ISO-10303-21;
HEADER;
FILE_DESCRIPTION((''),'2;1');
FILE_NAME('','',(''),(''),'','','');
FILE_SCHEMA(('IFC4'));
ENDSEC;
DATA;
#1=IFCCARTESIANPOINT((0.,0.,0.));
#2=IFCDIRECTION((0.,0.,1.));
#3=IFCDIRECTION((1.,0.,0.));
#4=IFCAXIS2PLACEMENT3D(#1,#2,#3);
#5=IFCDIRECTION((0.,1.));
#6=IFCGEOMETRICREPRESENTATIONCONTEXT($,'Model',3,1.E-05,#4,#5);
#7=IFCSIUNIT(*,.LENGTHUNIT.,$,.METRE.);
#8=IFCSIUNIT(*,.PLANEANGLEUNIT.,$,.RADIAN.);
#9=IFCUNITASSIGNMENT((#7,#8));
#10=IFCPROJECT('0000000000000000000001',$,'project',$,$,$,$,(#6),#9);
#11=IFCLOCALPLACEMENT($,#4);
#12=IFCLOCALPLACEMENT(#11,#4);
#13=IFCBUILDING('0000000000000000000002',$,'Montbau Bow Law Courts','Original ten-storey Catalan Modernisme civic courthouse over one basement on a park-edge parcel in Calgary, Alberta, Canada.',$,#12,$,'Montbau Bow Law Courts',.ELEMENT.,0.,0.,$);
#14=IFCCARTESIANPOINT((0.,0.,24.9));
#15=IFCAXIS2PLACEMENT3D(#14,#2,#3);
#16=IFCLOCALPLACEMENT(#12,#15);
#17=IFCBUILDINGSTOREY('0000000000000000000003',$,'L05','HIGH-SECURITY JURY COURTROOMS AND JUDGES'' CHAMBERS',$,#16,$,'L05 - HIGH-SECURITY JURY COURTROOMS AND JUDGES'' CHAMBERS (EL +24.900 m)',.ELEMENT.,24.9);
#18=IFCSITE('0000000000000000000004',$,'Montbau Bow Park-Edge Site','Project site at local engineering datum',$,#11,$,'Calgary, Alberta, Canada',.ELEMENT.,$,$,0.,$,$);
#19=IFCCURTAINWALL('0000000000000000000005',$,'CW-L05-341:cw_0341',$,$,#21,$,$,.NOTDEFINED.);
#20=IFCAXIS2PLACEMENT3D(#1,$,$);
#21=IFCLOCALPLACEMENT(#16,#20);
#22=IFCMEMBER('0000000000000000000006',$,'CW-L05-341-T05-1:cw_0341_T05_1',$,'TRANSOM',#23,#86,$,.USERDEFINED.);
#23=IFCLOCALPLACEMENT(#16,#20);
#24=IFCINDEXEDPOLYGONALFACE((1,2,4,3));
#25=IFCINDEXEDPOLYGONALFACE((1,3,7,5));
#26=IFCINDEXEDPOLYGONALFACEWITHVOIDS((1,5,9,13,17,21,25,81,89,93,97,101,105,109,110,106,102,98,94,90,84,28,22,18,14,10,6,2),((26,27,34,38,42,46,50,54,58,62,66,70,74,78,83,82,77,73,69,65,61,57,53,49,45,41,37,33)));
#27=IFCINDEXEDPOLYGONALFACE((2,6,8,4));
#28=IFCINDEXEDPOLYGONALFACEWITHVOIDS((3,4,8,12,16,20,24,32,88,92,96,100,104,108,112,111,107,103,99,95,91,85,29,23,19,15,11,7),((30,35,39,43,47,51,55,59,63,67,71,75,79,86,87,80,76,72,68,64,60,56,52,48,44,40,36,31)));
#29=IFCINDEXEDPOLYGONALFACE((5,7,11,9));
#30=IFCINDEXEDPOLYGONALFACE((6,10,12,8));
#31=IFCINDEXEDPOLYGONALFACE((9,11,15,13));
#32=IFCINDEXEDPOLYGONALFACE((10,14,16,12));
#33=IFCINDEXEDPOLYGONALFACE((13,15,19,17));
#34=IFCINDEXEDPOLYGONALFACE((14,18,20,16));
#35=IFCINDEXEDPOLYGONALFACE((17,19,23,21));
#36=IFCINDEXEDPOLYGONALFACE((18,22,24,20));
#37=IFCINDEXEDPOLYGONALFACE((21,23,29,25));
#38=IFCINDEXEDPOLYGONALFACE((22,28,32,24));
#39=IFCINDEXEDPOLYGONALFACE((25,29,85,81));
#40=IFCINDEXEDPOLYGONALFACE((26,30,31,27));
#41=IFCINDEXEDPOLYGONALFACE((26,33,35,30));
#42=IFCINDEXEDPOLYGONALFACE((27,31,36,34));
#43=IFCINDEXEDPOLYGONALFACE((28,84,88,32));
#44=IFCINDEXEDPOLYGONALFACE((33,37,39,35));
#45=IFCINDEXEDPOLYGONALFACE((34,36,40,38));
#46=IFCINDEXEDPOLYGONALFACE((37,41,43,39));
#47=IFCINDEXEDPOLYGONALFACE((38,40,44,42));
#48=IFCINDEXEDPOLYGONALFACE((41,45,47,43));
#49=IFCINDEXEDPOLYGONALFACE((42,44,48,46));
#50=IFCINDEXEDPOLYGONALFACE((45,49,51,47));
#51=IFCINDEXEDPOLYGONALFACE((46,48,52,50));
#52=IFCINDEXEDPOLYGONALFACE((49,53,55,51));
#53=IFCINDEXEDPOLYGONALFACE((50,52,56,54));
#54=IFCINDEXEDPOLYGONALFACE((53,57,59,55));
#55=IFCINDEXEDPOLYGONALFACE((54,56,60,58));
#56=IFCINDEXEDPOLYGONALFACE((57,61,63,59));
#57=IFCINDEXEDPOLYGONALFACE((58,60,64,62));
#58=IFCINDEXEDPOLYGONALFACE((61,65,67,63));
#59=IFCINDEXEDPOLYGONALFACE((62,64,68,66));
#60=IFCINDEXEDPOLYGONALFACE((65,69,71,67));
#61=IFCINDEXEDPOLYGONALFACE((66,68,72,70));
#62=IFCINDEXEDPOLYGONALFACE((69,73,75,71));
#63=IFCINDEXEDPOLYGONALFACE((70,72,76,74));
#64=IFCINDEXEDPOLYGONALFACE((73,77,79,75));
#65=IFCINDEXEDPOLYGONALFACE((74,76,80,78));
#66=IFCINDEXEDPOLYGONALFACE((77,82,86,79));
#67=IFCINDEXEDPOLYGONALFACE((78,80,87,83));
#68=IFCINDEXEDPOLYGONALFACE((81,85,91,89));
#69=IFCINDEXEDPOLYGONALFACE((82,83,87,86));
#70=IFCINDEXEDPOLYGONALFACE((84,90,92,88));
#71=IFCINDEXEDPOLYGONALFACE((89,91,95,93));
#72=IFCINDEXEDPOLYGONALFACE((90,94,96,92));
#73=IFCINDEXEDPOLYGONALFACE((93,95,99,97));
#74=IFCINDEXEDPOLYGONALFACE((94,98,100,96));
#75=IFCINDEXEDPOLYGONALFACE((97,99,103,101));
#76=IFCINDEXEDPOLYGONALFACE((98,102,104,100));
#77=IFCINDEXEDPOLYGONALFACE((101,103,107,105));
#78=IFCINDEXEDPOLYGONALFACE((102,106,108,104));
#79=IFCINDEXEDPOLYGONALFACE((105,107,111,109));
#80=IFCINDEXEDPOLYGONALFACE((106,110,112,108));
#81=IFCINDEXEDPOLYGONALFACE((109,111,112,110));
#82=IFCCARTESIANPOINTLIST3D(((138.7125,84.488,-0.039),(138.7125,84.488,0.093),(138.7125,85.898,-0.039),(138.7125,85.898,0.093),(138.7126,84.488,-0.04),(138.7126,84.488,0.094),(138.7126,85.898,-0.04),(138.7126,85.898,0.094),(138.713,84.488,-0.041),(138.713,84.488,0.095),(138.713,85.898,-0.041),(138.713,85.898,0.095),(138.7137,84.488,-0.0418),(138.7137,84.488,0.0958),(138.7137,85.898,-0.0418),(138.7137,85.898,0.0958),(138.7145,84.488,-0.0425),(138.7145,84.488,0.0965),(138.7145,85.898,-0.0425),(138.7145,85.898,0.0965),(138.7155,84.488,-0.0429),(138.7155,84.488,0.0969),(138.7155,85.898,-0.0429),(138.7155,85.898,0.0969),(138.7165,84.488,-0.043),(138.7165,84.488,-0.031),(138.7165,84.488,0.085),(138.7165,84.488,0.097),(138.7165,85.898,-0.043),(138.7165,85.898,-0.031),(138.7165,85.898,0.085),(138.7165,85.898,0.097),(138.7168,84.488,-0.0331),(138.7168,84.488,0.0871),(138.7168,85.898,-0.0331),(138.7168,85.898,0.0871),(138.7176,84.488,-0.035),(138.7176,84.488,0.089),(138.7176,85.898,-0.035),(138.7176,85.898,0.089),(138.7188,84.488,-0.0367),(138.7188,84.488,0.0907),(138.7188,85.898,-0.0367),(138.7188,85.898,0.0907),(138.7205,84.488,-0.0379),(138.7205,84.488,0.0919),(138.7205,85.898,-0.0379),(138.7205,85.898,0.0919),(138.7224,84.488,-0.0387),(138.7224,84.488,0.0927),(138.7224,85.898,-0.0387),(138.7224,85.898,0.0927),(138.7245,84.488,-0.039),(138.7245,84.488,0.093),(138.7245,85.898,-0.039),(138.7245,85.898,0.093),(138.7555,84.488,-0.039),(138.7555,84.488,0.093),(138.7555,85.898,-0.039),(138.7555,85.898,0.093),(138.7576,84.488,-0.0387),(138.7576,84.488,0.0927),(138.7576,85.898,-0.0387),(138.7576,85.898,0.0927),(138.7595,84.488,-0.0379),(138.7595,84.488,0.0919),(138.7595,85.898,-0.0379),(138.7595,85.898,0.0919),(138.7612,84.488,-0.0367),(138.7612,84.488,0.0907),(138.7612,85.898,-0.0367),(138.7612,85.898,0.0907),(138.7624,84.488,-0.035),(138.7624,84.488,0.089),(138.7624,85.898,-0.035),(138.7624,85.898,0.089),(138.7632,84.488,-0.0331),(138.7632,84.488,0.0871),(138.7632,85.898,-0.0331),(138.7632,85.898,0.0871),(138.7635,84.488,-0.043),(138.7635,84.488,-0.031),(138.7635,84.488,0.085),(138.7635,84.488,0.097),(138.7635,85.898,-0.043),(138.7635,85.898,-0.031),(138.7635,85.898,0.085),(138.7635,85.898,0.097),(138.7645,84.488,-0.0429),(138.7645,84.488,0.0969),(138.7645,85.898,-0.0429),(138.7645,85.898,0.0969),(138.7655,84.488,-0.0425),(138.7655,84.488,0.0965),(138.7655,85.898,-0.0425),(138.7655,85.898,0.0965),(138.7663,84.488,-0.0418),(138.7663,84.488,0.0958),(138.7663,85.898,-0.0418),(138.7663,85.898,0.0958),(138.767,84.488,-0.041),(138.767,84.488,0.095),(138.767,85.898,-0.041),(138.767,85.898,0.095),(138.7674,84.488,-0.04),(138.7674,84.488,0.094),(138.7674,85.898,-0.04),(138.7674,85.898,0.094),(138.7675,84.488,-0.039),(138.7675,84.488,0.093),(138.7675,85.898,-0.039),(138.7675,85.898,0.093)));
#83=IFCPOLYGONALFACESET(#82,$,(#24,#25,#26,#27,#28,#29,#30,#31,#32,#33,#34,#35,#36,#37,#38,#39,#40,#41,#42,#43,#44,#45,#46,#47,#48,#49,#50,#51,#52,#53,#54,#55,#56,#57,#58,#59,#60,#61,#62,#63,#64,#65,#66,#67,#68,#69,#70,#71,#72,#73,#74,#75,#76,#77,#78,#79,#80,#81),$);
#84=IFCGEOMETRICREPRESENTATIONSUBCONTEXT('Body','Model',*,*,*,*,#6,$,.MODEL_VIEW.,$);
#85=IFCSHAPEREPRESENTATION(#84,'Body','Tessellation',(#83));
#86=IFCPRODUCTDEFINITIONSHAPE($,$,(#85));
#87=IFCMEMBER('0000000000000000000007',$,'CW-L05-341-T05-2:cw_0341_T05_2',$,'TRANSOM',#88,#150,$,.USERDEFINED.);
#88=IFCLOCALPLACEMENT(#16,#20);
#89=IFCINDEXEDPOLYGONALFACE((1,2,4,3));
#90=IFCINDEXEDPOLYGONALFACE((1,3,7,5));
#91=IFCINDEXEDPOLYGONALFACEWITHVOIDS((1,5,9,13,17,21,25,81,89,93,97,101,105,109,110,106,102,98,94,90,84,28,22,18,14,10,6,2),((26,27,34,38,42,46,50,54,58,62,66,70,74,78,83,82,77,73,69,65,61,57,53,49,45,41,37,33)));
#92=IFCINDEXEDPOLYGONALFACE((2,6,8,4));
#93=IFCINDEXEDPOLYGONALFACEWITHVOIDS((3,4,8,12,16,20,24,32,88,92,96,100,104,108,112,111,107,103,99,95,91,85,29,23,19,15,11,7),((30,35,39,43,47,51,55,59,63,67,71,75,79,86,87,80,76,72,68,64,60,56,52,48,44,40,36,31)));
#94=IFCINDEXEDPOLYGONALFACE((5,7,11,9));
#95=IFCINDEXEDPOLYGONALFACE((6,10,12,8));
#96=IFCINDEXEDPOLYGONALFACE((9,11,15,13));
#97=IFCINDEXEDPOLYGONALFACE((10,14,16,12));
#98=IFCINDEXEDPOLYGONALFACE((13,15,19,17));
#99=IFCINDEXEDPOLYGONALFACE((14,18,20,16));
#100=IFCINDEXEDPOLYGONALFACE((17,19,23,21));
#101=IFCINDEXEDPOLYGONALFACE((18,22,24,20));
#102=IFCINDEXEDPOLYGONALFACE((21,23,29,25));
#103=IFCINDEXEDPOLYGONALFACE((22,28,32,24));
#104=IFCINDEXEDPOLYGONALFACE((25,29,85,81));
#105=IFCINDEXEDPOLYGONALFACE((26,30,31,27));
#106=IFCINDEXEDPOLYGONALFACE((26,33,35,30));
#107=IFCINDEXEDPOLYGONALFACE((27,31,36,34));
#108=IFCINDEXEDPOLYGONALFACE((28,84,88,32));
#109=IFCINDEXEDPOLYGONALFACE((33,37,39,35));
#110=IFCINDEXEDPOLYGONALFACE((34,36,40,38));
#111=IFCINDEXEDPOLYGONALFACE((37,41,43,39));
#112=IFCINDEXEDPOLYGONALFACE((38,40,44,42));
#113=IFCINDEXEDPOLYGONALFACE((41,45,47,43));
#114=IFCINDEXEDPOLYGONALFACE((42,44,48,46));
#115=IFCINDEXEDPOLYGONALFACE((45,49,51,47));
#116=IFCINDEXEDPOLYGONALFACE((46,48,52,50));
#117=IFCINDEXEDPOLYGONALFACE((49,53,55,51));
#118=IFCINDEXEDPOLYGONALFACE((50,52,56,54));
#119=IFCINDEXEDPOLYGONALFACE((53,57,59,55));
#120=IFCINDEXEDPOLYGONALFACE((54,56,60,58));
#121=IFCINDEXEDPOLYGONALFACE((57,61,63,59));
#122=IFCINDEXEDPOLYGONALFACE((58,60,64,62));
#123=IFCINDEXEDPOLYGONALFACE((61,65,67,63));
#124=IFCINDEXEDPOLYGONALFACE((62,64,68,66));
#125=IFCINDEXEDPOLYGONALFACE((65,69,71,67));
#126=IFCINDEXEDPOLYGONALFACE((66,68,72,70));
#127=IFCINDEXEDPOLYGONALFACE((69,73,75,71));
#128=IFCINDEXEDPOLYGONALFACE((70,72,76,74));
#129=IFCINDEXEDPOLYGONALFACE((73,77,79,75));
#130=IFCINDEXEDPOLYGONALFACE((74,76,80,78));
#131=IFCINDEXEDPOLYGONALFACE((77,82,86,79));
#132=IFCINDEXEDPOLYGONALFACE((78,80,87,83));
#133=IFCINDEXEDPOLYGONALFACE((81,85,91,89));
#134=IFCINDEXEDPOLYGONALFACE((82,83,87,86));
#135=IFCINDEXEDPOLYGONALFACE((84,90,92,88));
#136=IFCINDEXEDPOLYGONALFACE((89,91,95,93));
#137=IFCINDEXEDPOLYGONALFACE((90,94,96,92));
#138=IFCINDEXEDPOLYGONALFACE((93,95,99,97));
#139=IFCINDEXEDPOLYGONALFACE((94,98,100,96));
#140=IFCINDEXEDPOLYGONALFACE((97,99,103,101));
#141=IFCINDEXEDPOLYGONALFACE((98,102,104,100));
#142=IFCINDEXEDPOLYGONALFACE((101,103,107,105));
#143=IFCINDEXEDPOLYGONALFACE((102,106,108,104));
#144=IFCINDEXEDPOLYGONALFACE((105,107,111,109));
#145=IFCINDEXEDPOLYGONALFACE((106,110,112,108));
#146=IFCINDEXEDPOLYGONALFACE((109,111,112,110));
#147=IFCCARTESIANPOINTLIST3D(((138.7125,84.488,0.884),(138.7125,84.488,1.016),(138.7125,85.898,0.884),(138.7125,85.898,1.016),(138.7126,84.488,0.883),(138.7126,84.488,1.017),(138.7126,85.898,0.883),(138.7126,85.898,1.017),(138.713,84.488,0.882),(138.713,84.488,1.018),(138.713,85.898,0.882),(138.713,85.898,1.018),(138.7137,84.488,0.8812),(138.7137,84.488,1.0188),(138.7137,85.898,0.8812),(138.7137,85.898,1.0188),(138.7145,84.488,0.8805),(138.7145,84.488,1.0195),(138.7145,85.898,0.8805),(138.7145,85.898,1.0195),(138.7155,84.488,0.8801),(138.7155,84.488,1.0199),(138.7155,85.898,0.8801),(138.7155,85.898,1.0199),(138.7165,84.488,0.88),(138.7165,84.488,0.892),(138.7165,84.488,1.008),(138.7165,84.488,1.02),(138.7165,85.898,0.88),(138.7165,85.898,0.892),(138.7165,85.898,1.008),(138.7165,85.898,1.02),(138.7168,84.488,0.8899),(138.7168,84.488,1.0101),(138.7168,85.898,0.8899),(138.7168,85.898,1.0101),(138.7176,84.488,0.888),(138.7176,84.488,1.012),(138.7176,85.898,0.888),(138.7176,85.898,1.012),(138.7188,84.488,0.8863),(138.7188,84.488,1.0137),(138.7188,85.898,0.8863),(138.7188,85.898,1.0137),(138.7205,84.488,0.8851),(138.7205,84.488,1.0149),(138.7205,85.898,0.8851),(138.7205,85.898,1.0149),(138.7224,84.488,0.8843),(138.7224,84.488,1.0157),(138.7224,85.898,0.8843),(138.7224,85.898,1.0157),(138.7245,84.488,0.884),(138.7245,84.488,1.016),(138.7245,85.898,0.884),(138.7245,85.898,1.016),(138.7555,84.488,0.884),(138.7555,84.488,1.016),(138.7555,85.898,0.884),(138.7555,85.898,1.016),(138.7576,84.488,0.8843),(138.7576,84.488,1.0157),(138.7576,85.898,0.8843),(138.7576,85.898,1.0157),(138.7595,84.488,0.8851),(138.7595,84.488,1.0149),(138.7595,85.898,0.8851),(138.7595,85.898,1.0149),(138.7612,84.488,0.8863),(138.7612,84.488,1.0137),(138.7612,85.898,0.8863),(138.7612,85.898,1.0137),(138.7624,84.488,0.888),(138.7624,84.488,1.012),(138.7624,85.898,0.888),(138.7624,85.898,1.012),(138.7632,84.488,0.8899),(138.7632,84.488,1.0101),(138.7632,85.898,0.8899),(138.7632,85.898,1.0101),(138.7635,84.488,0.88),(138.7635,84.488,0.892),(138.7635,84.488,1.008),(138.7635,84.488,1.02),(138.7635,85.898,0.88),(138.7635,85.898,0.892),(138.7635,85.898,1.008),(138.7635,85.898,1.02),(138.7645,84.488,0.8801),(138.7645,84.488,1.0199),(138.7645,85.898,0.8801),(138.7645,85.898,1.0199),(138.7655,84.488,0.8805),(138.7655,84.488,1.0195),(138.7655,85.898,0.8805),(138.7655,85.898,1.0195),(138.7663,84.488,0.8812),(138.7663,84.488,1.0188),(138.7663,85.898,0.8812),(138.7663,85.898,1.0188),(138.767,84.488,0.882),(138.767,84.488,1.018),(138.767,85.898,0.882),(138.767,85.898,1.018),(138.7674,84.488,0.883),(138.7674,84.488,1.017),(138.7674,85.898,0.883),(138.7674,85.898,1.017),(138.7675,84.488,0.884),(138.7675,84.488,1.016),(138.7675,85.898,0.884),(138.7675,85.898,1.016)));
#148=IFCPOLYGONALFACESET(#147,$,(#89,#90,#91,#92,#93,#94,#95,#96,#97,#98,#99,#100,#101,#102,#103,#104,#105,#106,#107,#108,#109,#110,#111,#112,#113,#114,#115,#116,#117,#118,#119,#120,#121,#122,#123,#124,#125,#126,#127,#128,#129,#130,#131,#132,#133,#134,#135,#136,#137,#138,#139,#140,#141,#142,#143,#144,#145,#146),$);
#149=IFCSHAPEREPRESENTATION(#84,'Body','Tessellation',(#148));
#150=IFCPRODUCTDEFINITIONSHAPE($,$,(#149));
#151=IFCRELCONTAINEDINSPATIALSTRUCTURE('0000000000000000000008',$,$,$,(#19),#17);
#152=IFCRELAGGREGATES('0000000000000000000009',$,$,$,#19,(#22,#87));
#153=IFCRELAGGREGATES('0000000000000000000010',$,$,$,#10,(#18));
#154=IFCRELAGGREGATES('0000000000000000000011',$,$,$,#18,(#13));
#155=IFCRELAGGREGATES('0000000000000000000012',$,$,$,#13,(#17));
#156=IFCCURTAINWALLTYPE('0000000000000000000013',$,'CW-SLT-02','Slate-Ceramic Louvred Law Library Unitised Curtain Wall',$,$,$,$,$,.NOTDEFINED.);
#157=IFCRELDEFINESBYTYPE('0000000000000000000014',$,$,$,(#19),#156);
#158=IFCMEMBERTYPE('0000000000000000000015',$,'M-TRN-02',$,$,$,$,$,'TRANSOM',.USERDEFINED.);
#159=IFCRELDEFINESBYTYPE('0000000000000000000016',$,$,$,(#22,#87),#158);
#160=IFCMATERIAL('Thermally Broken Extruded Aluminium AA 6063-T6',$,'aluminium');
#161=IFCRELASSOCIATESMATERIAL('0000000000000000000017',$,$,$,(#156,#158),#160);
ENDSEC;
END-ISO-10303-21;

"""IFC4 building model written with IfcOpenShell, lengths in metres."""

from ifc_helpers import new_model, si_unit, direction, frame, origin_with_axes, origin_2d_with_axis, place, context, subcontext, project, spatial, hollow_rectangle, extrude, material, material_profile, profile_set, type_object, element, aggregate, save


model = new_model("IFC4")

# Units and contexts
model_context = context("Model", 3, precision=1e-05, world=origin_with_axes(), true_north=direction((0.0, 1.0)))
body_context = subcontext(model_context, "Body", "Model", "MODEL_VIEW")
ifc_project = project(units=[si_unit("LENGTHUNIT", "METRE"), si_unit("PLANEANGLEUNIT", "RADIAN")], contexts=[model_context])

# Site, building, storey
site_placement = place(None, origin_with_axes())
site = spatial("IfcSite", under=ifc_project, at=site_placement, Name="Montbau Bow Park-Edge Site", Description="Project site at local engineering datum", LongName="Calgary, Alberta, Canada", CompositionType="ELEMENT", RefElevation=0.0)
building_placement = place(site_placement, origin_with_axes())
building = spatial("IfcBuilding", under=site, at=building_placement, Name="Montbau Bow Law Courts", Description="Original ten-storey Catalan Modernisme civic courthouse over one basement on a park-edge parcel in Calgary, Alberta, Canada.", LongName="Montbau Bow Law Courts", CompositionType="ELEMENT", ElevationOfRefHeight=0.0, ElevationOfTerrain=0.0)
storey_placement = place(building_placement, frame((0.0, 0.0, 24.9), z_axis=(0.0, 0.0, 1.0), x_axis=(1.0, 0.0, 0.0)))
storey = spatial("IfcBuildingStorey", under=building, at=storey_placement, Name="L05", Description="HIGH-SECURITY JURY COURTROOMS AND JUDGES' CHAMBERS", LongName="L05 - HIGH-SECURITY JURY COURTROOMS AND JUDGES' CHAMBERS (EL +24.900 m)", CompositionType="ELEMENT", Elevation=24.9)

# Curtain wall, members
ifc_material_1 = material(Name="Thermally Broken Extruded Aluminium AA 6063-T6", Category="aluminium")
curtain_wall_type = type_object("IfcCurtainWallType", Name="CW-SLT-02", Description="Slate-Ceramic Louvred Law Library Unitised Curtain Wall", PredefinedType="NOTDEFINED", material=ifc_material_1)
curtain_wall_placement = place(None, frame((138.74, 78.44, 24.9), z_axis=(0.0, 0.0, 1.0), x_axis=(1.0, 0.0, 0.0)))
curtain_wall = element("IfcCurtainWall", 1, at=curtain_wall_placement, inside=storey, type_object=curtain_wall_type, Name="CW-L05-341:cw_0341", PredefinedType="NOTDEFINED")
ifc_material_profile_1 = material_profile(ifc_material_1, hollow_rectangle(XDim=0.055, YDim=0.14, WallThickness=0.004, InnerFilletRadius=0.008, OuterFilletRadius=0.004, at=origin_2d_with_axis()), Name="CWT-140X55", Category="Main", Priority=0)
ifc_profile_set_1 = profile_set([ifc_material_profile_1], Name="Thermally Broken Extruded Aluminium AA 6063-T6")
member_type_1 = type_object("IfcMemberType", Name="M-TRN-02", ElementType="TRANSOM", PredefinedType="USERDEFINED", material=ifc_profile_set_1)
member_1_placement = place(None, frame((138.74, 84.488, 24.927), z_axis=(0.0, 1.0, 0.0), x_axis=(-1.0, 0.0, 0.0)))
member_1 = element("IfcMember", 2, at=member_1_placement, type_object=member_type_1, Name="CW-L05-341-T05-1:cw_0341_T05_1", ObjectType="TRANSOM", PredefinedType="USERDEFINED", context=body_context, shape_type="SweptSolid", body=[
    extrude(hollow_rectangle(XDim=0.055, YDim=0.14, WallThickness=0.004, InnerFilletRadius=0.008, OuterFilletRadius=0.004, at=origin_2d_with_axis()), origin_with_axes(), (0.0, 0.0, 1.0), 1.41),
])
member_2_placement = place(None, frame((138.74, 84.488, 25.85), z_axis=(0.0, 1.0, 0.0), x_axis=(-1.0, 0.0, 0.0)))
member_2 = element("IfcMember", 3, at=member_2_placement, type_object=member_type_1, Name="CW-L05-341-T05-2:cw_0341_T05_2", ObjectType="TRANSOM", PredefinedType="USERDEFINED", context=body_context, shape_type="SweptSolid", body=[
    extrude(hollow_rectangle(XDim=0.055, YDim=0.14, WallThickness=0.004, InnerFilletRadius=0.008, OuterFilletRadius=0.004, at=origin_2d_with_axis()), origin_with_axes(), (0.0, 0.0, 1.0), 1.41),
])
aggregate(curtain_wall, [member_1, member_2])

save(model, "model.ifc")
